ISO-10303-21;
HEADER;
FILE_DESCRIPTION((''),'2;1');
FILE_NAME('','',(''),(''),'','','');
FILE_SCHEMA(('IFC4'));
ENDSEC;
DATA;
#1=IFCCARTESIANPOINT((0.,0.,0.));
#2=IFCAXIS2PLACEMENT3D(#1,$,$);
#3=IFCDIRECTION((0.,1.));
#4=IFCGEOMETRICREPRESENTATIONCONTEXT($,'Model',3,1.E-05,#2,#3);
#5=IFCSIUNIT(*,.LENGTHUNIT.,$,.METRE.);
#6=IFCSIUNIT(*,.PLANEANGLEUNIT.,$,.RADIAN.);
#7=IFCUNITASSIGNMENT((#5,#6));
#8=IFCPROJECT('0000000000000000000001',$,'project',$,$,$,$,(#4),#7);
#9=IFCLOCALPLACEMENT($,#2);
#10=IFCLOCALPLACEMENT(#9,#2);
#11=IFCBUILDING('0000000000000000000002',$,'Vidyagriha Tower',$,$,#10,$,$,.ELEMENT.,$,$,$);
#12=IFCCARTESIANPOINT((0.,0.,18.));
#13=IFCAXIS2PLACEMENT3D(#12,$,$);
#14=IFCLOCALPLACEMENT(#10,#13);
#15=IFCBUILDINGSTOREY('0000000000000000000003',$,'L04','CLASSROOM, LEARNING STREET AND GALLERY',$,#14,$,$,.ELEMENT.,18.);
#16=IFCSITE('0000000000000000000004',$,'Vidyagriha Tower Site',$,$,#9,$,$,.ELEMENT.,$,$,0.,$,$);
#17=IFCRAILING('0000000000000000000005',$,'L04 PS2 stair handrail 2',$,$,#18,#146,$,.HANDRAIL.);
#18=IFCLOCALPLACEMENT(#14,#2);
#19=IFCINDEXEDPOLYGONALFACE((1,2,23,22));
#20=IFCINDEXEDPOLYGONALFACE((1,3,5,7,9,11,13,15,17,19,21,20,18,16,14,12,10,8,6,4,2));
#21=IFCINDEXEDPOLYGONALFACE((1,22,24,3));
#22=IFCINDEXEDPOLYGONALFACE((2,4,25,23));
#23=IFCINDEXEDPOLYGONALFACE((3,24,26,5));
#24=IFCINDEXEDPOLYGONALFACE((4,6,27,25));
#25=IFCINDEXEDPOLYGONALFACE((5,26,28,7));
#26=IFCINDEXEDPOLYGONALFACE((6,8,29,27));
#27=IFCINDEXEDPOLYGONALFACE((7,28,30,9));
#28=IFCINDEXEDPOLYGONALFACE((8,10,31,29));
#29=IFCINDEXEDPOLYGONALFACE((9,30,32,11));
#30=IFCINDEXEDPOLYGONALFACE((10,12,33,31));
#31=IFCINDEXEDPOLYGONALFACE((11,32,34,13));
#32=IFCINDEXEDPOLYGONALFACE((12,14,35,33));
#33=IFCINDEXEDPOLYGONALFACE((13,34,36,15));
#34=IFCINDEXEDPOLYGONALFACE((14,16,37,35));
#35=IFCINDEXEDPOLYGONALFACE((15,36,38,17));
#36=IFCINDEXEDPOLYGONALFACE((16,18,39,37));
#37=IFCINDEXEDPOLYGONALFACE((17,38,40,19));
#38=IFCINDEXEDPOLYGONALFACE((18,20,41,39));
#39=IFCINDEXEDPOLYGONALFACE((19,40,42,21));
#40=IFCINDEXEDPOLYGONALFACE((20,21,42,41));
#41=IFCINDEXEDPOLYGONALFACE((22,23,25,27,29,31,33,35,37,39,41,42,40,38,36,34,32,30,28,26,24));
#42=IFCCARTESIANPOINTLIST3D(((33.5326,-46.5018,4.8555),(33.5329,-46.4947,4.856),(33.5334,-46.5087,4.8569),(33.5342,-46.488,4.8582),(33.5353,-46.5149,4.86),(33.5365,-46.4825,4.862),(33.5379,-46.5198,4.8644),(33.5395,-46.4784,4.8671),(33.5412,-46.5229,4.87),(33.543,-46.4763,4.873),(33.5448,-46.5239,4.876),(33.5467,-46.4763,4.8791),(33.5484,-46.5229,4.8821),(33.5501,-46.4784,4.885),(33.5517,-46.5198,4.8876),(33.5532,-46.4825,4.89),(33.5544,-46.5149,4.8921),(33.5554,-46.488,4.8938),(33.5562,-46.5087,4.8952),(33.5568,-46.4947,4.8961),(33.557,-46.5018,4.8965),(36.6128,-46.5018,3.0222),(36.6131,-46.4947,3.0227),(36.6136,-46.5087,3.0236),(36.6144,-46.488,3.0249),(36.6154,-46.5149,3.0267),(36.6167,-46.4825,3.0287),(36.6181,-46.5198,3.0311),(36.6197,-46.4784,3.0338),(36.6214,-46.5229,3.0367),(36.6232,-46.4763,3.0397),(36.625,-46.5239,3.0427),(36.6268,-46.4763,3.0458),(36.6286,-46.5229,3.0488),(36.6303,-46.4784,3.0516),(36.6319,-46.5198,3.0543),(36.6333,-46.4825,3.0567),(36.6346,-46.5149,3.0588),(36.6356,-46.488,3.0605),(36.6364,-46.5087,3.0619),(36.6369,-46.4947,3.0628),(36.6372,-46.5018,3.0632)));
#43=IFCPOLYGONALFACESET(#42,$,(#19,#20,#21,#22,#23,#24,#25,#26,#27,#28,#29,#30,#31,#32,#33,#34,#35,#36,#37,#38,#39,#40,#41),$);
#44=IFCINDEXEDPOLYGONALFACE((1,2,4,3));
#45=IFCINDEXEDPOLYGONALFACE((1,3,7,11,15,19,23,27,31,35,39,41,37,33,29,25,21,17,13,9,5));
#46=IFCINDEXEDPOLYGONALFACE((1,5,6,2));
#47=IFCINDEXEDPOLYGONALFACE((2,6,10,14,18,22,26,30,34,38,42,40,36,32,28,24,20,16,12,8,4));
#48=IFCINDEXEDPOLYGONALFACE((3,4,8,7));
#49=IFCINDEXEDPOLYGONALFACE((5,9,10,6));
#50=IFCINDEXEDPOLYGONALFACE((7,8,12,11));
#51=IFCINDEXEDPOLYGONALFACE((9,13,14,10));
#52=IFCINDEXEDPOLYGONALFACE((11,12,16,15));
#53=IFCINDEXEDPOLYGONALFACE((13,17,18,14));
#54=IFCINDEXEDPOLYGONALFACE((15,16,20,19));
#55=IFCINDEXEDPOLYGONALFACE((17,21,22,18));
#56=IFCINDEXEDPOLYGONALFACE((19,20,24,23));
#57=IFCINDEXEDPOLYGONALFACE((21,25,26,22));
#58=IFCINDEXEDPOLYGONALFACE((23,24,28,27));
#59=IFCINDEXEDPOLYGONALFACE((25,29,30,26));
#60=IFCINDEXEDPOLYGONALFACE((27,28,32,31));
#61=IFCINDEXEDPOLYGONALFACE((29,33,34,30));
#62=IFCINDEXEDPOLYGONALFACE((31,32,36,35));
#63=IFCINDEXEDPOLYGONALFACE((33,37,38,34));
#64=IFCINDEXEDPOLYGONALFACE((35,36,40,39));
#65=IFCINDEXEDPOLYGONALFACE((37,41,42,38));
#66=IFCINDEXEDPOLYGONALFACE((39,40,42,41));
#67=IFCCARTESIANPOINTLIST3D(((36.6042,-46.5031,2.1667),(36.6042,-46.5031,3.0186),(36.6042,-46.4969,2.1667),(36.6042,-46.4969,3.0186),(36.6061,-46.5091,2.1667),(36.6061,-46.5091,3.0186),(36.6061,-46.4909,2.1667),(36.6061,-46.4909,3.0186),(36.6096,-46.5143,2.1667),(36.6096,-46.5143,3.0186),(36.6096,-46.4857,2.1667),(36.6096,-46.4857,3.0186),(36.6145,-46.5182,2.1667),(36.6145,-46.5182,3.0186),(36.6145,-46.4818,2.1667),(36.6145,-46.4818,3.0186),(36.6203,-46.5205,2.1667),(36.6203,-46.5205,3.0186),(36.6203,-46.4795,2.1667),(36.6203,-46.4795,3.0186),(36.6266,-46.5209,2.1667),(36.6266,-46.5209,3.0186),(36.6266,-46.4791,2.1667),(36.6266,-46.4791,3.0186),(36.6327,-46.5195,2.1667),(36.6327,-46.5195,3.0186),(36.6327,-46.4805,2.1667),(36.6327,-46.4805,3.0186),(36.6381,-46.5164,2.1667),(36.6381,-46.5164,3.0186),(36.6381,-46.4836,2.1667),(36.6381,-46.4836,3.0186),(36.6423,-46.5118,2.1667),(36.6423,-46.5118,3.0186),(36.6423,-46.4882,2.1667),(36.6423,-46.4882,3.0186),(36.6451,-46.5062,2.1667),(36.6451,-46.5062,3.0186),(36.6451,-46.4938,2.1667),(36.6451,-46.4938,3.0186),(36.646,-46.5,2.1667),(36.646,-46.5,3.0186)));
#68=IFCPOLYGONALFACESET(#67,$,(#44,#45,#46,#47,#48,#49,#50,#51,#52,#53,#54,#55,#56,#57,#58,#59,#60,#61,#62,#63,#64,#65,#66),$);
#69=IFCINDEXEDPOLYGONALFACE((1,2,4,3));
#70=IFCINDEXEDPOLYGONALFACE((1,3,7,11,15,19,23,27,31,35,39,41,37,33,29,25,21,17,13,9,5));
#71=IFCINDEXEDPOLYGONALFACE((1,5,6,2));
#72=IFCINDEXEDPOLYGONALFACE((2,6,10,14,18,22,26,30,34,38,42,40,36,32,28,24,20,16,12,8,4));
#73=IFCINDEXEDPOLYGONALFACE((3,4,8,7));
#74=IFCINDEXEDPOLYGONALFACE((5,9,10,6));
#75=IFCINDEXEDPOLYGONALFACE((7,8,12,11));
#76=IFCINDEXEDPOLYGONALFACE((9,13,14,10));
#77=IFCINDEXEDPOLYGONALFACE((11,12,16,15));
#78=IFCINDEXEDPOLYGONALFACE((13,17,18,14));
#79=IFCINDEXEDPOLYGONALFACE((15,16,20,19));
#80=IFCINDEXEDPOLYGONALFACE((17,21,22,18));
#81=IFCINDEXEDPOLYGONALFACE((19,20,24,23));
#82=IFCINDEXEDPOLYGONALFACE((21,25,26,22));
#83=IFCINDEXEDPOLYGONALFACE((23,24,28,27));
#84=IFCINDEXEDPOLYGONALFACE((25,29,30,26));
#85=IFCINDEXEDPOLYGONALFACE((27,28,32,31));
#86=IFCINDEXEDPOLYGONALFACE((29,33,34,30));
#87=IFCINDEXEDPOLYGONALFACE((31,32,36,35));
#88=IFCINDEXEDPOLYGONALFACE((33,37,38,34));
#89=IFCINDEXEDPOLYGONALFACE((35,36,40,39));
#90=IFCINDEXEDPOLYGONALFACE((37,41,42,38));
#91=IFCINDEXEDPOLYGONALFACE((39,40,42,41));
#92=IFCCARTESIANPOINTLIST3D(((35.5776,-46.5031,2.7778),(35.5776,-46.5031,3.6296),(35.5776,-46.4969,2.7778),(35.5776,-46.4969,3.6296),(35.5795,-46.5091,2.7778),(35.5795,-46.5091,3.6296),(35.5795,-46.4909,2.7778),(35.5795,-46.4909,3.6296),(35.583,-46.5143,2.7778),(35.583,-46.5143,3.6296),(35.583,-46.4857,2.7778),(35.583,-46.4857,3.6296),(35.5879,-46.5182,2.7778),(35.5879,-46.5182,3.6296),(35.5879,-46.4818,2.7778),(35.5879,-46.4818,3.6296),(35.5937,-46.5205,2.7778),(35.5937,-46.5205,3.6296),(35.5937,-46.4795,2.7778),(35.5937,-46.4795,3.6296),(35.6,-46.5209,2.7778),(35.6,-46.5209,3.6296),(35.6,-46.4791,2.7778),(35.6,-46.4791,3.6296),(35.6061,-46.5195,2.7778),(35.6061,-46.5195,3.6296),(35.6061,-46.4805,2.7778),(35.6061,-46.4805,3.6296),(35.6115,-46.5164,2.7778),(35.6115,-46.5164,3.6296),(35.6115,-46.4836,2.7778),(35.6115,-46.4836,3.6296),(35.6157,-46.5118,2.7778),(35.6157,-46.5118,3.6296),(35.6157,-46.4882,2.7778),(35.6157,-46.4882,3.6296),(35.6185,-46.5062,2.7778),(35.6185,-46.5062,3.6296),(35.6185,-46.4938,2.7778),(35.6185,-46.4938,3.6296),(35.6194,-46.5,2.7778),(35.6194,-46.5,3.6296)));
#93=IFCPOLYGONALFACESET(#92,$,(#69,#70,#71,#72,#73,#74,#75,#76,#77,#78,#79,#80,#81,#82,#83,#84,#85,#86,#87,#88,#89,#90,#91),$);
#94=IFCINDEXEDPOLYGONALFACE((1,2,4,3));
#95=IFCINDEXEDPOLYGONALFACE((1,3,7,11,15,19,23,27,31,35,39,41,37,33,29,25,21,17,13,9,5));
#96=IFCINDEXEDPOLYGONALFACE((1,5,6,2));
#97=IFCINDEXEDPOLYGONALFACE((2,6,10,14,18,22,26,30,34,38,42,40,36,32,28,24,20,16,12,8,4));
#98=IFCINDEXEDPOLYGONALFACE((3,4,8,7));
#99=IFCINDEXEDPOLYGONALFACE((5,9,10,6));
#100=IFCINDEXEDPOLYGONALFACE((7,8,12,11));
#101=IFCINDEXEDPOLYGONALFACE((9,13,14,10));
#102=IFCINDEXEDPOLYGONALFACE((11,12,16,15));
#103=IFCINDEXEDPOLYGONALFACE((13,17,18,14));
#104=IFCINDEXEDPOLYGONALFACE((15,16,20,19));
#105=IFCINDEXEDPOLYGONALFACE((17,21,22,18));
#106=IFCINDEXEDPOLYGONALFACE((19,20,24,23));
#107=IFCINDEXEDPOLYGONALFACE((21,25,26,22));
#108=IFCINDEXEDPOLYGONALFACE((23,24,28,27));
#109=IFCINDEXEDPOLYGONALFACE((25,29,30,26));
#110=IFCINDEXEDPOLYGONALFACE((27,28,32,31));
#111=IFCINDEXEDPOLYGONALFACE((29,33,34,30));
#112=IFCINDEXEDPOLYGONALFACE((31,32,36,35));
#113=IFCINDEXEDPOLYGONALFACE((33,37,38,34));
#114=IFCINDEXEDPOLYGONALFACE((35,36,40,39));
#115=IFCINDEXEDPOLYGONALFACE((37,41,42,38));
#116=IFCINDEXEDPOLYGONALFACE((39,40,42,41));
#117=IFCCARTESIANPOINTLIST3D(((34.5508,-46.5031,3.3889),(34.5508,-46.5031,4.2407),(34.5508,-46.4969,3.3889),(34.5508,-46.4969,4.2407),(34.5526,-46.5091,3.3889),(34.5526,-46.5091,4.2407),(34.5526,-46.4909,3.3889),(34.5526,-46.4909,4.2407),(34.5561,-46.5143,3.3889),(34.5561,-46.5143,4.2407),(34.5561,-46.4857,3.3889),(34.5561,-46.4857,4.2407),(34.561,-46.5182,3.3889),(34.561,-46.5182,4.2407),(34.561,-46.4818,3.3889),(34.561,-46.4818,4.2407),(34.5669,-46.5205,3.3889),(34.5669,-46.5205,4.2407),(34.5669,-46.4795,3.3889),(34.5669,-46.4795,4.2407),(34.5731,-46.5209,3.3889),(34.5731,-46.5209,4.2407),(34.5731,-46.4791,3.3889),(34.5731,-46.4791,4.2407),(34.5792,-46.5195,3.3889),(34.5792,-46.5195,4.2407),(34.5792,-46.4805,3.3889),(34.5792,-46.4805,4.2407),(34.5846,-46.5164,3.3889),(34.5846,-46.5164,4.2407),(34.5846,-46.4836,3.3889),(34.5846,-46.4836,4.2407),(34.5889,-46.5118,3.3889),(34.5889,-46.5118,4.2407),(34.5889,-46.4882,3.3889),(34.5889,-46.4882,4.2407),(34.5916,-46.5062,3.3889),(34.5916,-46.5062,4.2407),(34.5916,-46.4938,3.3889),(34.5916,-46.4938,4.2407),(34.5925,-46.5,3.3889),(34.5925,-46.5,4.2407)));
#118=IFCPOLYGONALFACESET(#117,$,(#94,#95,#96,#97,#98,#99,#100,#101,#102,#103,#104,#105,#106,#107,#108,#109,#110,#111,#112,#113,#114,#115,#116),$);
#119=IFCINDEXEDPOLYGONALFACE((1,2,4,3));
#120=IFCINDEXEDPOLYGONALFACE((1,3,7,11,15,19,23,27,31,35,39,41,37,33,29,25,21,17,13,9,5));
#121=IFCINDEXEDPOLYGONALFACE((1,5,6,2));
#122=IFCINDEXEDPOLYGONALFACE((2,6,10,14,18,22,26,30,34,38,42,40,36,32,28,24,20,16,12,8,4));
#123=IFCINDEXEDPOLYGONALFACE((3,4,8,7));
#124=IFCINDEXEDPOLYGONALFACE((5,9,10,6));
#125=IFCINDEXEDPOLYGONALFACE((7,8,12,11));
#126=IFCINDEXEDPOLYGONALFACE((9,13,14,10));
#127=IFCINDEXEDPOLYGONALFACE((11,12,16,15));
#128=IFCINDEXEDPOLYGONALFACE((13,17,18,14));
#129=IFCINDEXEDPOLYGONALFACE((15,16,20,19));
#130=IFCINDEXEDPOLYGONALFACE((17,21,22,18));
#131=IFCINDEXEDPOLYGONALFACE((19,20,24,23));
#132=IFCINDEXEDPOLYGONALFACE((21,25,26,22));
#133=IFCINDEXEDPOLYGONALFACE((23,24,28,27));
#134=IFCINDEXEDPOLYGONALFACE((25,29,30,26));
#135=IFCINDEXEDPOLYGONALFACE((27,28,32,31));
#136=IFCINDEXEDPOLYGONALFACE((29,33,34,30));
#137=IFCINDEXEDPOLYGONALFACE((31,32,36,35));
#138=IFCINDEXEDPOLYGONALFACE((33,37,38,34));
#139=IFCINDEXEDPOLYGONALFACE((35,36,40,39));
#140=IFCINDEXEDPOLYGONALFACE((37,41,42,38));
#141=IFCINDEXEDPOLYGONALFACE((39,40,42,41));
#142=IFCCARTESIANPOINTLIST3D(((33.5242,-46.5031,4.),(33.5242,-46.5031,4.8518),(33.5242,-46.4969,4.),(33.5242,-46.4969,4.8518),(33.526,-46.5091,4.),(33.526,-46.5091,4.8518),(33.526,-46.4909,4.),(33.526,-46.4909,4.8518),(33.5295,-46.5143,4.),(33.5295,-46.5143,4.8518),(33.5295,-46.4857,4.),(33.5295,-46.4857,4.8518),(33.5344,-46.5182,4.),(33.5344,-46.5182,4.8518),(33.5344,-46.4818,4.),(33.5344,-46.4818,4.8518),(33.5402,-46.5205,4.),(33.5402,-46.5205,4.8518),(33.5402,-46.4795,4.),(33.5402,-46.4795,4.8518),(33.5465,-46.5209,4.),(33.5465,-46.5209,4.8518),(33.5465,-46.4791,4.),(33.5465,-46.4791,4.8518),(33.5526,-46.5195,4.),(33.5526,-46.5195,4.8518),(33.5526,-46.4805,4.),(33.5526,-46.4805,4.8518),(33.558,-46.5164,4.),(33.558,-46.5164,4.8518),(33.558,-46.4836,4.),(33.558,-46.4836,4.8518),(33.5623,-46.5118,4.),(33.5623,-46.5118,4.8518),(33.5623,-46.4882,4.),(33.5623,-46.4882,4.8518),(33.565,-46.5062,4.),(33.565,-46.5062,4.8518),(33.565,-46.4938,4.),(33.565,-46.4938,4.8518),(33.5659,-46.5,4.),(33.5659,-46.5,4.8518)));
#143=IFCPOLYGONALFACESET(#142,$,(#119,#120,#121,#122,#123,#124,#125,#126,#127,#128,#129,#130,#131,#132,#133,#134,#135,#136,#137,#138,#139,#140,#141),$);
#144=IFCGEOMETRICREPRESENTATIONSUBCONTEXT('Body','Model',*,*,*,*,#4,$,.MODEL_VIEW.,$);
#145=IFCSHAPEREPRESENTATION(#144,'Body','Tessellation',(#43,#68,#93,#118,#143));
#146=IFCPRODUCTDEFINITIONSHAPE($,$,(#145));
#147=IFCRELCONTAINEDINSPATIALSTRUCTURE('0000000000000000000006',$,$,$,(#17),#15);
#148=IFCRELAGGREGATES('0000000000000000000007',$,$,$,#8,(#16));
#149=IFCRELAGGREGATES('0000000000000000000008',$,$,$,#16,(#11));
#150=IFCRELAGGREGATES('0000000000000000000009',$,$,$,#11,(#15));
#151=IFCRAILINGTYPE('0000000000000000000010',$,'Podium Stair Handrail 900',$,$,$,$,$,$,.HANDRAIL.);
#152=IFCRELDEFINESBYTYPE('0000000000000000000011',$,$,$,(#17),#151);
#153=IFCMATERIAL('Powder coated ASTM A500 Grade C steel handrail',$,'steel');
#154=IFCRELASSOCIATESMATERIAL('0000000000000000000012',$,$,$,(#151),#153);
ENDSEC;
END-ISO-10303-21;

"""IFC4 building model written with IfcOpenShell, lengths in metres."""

from ifc_helpers import new_model, si_unit, direction, frame, origin, origin_2d, place, context, subcontext, project, spatial, circle, extrude, material, type_object, element, save


model = new_model("IFC4")

# Units and contexts
model_context = context("Model", 3, precision=1e-05, world=origin(), true_north=direction((0.0, 1.0)))
body_context = subcontext(model_context, "Body", "Model", "MODEL_VIEW")
ifc_project = project(units=[si_unit("LENGTHUNIT", "METRE"), si_unit("PLANEANGLEUNIT", "RADIAN")], contexts=[model_context])

# Site, building, storey
site_placement = place(None, origin())
site = spatial("IfcSite", under=ifc_project, at=site_placement, Name="Vidyagriha Tower Site", CompositionType="ELEMENT", RefElevation=0.0)
building_placement = place(site_placement, origin())
building = spatial("IfcBuilding", under=site, at=building_placement, Name="Vidyagriha Tower", CompositionType="ELEMENT")
storey_placement = place(building_placement, frame((0.0, 0.0, 18.0)))
storey = spatial("IfcBuildingStorey", under=building, at=storey_placement, Name="L04", Description="CLASSROOM, LEARNING STREET AND GALLERY", CompositionType="ELEMENT", Elevation=18.0)

# Railing
ifc_material_1 = material(Name="Powder coated ASTM A500 Grade C steel handrail", Category="steel")
railing_type_1 = type_object("IfcRailingType", Name="Podium Stair Handrail 900", PredefinedType="HANDRAIL", material=ifc_material_1)
railing_1_placement = place(storey_placement, frame((36.625, -46.5, 2.1667)))
element("IfcRailing", 1, at=railing_1_placement, inside=storey, type_object=railing_type_1, Name="L04 PS2 stair handrail 2", PredefinedType="HANDRAIL", context=body_context, shape_type="SweptSolid", body=[
    extrude(circle(Radius=0.0239, at=origin_2d()), frame((0.0, 0.0, 0.876), z_axis=(-0.859309, 0.0, 0.511458), x_axis=(0.0, -1.0, 0.0)), (0.0, 0.0, 1.0), 3.5845),
    extrude(circle(Radius=0.021, at=origin_2d()), origin(), (0.0, 0.0, 1.0), 0.8518),
    extrude(circle(Radius=0.021, at=origin_2d()), frame((-1.0266, 0.0, 0.6111)), (0.0, 0.0, 1.0), 0.8518),
    extrude(circle(Radius=0.021, at=origin_2d()), frame((-2.0535, 0.0, 1.2222)), (0.0, 0.0, 1.0), 0.8518),
    extrude(circle(Radius=0.021, at=origin_2d()), frame((-3.0801, 0.0, 1.8333)), (0.0, 0.0, 1.0), 0.8518),
])

save(model, "model.ifc")
